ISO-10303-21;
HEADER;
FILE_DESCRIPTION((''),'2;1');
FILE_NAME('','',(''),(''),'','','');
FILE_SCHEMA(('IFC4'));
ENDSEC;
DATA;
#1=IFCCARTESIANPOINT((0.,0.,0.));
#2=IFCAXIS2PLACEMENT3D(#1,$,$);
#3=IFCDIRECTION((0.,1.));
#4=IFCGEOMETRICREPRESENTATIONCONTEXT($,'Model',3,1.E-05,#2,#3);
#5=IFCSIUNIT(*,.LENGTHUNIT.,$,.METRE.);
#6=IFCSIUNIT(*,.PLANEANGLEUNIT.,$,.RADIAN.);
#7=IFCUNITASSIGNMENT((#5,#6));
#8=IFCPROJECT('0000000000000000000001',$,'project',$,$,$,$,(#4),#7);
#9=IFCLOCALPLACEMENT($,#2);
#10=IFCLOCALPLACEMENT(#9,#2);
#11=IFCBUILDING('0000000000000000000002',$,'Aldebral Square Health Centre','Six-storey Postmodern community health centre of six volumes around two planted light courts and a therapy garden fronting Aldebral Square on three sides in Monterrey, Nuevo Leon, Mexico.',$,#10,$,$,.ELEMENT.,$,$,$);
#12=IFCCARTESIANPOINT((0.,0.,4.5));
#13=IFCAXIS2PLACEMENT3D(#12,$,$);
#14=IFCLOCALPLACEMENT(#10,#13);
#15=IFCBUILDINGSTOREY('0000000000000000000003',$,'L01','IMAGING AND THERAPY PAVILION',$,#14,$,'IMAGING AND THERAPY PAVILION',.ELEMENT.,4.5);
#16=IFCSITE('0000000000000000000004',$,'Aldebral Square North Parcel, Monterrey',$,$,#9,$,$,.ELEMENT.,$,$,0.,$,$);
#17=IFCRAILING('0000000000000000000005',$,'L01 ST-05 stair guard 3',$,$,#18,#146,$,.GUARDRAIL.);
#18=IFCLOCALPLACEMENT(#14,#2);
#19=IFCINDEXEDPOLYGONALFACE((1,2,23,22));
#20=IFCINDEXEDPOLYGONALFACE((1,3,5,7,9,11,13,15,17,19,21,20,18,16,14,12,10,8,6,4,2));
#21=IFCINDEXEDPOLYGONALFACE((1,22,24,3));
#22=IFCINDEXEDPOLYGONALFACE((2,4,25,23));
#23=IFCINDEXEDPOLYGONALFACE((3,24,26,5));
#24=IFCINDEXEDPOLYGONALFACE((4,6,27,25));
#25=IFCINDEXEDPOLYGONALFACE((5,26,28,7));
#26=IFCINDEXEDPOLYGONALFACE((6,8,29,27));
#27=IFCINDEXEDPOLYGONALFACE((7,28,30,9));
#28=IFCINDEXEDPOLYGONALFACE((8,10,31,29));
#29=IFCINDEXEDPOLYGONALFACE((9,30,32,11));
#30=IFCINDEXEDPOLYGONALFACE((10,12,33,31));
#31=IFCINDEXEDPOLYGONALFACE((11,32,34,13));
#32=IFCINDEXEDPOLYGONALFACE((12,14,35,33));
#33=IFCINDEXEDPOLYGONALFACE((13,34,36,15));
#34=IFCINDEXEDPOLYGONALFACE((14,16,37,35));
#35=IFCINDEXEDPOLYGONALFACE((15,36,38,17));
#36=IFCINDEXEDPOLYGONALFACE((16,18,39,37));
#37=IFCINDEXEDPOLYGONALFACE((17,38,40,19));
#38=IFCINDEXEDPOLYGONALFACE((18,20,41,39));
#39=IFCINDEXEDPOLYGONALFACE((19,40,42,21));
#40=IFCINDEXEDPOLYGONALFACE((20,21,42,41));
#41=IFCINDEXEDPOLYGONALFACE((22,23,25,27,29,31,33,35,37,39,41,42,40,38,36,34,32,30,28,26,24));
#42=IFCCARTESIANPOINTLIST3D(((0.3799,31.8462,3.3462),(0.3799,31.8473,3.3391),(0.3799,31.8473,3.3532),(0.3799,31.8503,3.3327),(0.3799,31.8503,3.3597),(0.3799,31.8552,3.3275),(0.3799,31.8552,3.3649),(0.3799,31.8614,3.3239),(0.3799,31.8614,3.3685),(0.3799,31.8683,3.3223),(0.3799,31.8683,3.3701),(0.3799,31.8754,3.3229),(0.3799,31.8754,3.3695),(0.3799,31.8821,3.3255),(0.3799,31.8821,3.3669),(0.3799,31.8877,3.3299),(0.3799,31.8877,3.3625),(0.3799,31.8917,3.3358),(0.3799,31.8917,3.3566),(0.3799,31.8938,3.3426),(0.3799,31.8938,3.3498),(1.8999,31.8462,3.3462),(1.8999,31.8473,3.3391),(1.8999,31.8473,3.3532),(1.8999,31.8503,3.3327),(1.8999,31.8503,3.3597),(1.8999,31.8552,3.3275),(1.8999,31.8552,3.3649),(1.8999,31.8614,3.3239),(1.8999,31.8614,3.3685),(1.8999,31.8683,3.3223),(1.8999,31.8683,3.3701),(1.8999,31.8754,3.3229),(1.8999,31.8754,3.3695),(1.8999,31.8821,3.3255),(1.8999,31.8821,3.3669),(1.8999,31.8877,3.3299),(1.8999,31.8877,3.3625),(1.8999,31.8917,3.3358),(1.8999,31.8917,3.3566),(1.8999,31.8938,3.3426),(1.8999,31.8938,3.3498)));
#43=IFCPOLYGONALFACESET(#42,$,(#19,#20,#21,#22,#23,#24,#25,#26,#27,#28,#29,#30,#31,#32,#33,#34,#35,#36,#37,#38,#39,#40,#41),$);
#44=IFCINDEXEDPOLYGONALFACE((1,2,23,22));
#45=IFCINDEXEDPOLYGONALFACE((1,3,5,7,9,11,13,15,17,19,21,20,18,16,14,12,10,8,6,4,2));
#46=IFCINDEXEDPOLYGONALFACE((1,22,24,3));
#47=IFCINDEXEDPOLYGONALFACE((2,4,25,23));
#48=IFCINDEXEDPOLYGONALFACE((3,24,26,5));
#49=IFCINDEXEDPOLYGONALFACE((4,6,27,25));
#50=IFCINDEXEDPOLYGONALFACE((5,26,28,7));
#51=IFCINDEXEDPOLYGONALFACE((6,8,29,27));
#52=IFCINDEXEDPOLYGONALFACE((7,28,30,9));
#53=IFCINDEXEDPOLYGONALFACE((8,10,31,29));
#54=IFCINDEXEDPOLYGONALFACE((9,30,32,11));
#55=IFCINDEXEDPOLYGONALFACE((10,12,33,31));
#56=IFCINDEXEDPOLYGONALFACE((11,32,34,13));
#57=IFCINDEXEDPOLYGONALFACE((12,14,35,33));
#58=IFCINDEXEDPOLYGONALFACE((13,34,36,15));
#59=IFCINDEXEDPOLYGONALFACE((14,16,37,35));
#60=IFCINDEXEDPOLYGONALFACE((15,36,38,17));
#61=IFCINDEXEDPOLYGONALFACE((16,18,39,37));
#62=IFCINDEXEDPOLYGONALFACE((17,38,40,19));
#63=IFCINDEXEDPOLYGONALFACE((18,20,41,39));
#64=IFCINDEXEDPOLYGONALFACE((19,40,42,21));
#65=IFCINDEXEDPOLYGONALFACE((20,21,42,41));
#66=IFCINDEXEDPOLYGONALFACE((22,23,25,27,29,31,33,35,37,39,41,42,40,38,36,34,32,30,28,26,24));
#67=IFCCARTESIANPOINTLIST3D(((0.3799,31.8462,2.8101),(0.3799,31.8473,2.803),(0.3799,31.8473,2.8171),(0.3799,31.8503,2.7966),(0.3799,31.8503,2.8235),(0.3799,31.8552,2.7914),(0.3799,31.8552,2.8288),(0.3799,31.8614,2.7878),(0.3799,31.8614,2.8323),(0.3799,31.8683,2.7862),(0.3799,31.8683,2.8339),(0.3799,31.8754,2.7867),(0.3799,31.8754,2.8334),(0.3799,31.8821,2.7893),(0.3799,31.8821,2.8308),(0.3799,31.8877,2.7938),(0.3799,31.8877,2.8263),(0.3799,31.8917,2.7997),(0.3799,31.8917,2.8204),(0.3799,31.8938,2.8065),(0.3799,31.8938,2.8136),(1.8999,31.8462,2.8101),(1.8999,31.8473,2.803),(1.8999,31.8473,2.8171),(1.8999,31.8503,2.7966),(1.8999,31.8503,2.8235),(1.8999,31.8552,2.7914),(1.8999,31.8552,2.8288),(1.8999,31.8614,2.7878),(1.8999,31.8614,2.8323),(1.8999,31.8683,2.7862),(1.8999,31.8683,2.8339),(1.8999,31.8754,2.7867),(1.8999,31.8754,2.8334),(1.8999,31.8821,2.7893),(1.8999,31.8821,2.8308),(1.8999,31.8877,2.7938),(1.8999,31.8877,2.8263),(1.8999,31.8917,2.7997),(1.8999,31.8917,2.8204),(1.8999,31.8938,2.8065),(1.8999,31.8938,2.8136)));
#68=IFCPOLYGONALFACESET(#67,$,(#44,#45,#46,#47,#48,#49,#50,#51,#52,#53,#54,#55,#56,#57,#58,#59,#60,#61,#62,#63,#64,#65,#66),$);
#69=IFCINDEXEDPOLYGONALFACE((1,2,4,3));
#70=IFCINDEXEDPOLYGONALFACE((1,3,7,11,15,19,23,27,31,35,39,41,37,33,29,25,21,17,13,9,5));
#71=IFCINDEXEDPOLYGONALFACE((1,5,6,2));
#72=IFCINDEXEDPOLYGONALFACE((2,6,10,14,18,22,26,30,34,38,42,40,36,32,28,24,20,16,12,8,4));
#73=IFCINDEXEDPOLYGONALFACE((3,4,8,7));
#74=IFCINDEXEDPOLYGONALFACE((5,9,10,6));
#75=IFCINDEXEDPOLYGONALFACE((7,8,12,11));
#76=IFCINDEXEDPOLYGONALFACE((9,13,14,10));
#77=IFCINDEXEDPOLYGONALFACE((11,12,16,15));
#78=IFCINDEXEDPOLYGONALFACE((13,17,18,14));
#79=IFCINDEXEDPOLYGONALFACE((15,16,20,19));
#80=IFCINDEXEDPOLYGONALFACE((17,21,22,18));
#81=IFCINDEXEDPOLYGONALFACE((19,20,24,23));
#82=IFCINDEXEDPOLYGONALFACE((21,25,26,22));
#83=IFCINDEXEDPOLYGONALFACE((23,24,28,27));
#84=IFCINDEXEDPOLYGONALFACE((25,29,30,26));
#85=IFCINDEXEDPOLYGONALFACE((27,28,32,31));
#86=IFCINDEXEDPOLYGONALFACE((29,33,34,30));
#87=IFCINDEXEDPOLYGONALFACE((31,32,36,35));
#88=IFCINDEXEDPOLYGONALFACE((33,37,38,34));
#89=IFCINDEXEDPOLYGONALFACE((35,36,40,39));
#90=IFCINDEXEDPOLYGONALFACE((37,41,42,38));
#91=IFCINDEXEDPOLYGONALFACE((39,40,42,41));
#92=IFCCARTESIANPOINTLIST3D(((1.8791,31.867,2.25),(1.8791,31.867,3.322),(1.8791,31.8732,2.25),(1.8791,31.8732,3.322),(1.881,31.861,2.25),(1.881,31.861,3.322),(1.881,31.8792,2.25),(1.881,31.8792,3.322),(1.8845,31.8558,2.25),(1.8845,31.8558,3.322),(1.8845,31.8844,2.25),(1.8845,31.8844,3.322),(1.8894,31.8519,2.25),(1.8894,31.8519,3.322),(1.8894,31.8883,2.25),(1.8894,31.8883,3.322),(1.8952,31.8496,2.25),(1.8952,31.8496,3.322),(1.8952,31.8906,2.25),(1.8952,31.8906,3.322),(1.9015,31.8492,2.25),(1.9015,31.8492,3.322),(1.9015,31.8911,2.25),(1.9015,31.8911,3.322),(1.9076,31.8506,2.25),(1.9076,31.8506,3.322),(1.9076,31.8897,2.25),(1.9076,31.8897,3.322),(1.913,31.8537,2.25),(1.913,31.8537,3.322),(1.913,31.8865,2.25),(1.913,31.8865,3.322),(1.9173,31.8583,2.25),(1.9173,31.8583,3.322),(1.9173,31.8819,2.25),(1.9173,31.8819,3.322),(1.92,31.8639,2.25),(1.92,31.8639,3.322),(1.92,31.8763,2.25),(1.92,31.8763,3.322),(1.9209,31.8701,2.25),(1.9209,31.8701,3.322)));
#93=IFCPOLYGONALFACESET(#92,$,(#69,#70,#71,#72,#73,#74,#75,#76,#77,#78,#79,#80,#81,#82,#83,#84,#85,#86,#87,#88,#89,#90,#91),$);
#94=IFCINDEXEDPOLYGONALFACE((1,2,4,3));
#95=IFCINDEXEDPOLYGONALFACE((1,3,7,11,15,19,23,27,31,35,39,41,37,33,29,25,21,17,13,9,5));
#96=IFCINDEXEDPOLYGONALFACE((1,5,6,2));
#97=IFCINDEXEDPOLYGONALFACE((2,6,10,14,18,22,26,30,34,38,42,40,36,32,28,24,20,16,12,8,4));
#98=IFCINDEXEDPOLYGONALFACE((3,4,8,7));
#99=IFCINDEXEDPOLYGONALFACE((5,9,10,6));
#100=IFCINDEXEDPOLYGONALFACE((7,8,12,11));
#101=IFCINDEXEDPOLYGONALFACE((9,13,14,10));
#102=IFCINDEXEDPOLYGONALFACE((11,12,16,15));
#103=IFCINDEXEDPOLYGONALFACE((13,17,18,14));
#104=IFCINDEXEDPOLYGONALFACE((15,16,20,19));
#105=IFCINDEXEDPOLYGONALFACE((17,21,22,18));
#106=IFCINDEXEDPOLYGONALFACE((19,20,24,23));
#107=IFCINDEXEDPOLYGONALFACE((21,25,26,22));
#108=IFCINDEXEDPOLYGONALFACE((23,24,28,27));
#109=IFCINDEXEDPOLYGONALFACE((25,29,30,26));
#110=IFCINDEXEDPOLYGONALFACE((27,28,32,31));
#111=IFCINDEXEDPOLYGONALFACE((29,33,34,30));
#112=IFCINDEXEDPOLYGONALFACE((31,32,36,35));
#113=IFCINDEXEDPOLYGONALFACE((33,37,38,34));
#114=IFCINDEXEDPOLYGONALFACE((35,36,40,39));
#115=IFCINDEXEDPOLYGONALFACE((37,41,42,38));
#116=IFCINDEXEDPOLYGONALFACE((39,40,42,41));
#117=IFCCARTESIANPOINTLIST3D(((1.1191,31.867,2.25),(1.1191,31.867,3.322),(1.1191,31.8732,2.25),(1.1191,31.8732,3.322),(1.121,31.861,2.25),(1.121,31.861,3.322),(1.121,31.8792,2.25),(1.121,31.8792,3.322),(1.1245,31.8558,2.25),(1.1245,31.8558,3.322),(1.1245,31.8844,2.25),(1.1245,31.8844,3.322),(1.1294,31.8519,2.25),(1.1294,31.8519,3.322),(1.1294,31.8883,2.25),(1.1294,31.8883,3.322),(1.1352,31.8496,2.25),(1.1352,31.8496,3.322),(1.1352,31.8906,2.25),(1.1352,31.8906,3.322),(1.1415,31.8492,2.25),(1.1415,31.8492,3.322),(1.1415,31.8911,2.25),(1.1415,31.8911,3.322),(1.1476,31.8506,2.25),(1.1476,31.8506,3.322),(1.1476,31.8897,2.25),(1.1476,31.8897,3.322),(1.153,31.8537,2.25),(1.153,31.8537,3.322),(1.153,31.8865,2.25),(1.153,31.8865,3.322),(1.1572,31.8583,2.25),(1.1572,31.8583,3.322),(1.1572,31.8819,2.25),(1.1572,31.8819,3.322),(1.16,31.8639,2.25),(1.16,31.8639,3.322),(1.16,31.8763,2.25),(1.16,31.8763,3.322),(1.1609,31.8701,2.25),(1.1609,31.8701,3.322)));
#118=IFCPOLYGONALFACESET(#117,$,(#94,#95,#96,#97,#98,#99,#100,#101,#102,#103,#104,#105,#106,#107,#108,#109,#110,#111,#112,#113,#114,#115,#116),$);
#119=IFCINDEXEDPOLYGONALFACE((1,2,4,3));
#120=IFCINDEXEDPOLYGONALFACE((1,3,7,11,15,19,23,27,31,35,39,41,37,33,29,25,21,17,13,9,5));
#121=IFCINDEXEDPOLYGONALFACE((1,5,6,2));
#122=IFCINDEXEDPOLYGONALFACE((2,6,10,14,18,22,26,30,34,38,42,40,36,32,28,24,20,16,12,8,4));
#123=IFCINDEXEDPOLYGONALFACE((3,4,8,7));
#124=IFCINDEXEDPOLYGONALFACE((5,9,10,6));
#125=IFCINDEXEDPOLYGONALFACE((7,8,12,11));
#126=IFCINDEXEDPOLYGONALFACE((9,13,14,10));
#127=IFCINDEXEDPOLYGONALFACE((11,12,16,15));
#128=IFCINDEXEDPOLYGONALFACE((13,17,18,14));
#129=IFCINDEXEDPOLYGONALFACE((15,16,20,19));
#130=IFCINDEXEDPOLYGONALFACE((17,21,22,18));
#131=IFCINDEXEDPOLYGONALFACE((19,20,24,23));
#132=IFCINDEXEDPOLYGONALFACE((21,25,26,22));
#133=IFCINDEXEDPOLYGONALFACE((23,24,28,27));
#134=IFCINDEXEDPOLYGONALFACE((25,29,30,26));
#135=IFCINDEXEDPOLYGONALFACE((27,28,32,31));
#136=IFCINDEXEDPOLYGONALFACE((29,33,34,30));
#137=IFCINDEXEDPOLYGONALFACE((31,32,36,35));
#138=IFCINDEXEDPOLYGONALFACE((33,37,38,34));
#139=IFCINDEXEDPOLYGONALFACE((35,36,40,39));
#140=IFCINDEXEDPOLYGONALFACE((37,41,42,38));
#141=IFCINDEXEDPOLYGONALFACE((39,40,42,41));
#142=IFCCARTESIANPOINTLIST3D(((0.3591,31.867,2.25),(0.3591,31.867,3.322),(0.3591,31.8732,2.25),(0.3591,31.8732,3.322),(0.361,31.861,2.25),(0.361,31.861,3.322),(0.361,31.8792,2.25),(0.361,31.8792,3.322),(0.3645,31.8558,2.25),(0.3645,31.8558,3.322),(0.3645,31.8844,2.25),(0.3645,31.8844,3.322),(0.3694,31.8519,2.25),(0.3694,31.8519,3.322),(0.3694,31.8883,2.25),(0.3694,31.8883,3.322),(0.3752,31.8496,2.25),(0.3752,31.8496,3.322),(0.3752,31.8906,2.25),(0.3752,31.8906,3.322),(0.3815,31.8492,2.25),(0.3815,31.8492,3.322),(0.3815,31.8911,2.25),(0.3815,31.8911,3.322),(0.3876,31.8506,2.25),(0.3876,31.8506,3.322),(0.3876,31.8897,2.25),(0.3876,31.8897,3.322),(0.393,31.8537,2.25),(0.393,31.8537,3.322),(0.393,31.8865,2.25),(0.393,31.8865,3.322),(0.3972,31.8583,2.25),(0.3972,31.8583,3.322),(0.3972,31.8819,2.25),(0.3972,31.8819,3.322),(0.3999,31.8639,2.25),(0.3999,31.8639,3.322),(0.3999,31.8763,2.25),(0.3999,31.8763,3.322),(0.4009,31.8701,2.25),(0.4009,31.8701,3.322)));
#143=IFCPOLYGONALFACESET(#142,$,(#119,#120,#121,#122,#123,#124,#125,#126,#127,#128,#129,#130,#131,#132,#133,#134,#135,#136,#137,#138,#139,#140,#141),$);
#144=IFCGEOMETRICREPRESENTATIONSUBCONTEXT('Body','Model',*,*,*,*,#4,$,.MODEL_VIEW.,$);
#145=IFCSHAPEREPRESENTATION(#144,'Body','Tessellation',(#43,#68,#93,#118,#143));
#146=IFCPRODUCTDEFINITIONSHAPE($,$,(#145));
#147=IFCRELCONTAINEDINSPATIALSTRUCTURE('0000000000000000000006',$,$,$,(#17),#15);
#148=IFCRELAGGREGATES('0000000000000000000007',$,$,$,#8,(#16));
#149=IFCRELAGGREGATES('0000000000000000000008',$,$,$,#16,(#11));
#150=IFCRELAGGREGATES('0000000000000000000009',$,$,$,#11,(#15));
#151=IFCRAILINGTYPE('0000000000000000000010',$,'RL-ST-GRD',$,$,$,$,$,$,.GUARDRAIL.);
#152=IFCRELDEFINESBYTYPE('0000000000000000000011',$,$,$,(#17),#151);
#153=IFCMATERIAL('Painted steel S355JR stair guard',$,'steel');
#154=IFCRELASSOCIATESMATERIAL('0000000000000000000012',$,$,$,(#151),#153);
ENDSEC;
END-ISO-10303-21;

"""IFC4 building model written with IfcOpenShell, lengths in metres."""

from ifc_helpers import new_model, si_unit, direction, frame, origin, origin_2d, place, context, subcontext, project, spatial, circle, extrude, material, type_object, element, save


model = new_model("IFC4")

# Units and contexts
model_context = context("Model", 3, precision=1e-05, world=origin(), true_north=direction((0.0, 1.0)))
body_context = subcontext(model_context, "Body", "Model", "MODEL_VIEW")
ifc_project = project(units=[si_unit("LENGTHUNIT", "METRE"), si_unit("PLANEANGLEUNIT", "RADIAN")], contexts=[model_context])

# Site, building, storey
site_placement = place(None, origin())
site = spatial("IfcSite", under=ifc_project, at=site_placement, Name="Aldebral Square North Parcel, Monterrey", CompositionType="ELEMENT", RefElevation=0.0)
building_placement = place(site_placement, origin())
building = spatial("IfcBuilding", under=site, at=building_placement, Name="Aldebral Square Health Centre", Description="Six-storey Postmodern community health centre of six volumes around two planted light courts and a therapy garden fronting Aldebral Square on three sides in Monterrey, Nuevo Leon, Mexico.", CompositionType="ELEMENT")
storey_placement = place(building_placement, frame((0.0, 0.0, 4.5)))
storey = spatial("IfcBuildingStorey", under=building, at=storey_placement, Name="L01", Description="IMAGING AND THERAPY PAVILION", LongName="IMAGING AND THERAPY PAVILION", CompositionType="ELEMENT", Elevation=4.5)

# Railing
ifc_material_1 = material(Name="Painted steel S355JR stair guard", Category="steel")
railing_type_1 = type_object("IfcRailingType", Name="RL-ST-GRD", PredefinedType="GUARDRAIL", material=ifc_material_1)
for number, where, name in (
    (1, (1.8999, 31.8701, 2.25), "L01 ST-05 stair guard 3"),
):
    element("IfcRailing", number, at=place(storey_placement, frame(where)), inside=storey, type_object=railing_type_1, Name=name, PredefinedType="GUARDRAIL", context=body_context, shape_type="SweptSolid", body=[
        extrude(circle(Radius=0.0239, at=origin_2d()), frame((0.0, 0.0, 1.0962), z_axis=(-1.0, 0.0, 0.0), x_axis=(0.0, -1.0, 0.0)), (0.0, 0.0, 1.0), 1.52),
        extrude(circle(Radius=0.0239, at=origin_2d()), frame((0.0, 0.0, 0.5601), z_axis=(-1.0, 0.0, 0.0), x_axis=(0.0, -1.0, 0.0)), (0.0, 0.0, 1.0), 1.52),
        extrude(circle(Radius=0.021, at=origin_2d()), origin(), (0.0, 0.0, 1.0), 1.072),
        extrude(circle(Radius=0.021, at=origin_2d()), frame((-0.76, 0.0, 0.0)), (0.0, 0.0, 1.0), 1.072),
        extrude(circle(Radius=0.021, at=origin_2d()), frame((-1.52, 0.0, 0.0)), (0.0, 0.0, 1.0), 1.072),
    ])

save(model, "model.ifc")
